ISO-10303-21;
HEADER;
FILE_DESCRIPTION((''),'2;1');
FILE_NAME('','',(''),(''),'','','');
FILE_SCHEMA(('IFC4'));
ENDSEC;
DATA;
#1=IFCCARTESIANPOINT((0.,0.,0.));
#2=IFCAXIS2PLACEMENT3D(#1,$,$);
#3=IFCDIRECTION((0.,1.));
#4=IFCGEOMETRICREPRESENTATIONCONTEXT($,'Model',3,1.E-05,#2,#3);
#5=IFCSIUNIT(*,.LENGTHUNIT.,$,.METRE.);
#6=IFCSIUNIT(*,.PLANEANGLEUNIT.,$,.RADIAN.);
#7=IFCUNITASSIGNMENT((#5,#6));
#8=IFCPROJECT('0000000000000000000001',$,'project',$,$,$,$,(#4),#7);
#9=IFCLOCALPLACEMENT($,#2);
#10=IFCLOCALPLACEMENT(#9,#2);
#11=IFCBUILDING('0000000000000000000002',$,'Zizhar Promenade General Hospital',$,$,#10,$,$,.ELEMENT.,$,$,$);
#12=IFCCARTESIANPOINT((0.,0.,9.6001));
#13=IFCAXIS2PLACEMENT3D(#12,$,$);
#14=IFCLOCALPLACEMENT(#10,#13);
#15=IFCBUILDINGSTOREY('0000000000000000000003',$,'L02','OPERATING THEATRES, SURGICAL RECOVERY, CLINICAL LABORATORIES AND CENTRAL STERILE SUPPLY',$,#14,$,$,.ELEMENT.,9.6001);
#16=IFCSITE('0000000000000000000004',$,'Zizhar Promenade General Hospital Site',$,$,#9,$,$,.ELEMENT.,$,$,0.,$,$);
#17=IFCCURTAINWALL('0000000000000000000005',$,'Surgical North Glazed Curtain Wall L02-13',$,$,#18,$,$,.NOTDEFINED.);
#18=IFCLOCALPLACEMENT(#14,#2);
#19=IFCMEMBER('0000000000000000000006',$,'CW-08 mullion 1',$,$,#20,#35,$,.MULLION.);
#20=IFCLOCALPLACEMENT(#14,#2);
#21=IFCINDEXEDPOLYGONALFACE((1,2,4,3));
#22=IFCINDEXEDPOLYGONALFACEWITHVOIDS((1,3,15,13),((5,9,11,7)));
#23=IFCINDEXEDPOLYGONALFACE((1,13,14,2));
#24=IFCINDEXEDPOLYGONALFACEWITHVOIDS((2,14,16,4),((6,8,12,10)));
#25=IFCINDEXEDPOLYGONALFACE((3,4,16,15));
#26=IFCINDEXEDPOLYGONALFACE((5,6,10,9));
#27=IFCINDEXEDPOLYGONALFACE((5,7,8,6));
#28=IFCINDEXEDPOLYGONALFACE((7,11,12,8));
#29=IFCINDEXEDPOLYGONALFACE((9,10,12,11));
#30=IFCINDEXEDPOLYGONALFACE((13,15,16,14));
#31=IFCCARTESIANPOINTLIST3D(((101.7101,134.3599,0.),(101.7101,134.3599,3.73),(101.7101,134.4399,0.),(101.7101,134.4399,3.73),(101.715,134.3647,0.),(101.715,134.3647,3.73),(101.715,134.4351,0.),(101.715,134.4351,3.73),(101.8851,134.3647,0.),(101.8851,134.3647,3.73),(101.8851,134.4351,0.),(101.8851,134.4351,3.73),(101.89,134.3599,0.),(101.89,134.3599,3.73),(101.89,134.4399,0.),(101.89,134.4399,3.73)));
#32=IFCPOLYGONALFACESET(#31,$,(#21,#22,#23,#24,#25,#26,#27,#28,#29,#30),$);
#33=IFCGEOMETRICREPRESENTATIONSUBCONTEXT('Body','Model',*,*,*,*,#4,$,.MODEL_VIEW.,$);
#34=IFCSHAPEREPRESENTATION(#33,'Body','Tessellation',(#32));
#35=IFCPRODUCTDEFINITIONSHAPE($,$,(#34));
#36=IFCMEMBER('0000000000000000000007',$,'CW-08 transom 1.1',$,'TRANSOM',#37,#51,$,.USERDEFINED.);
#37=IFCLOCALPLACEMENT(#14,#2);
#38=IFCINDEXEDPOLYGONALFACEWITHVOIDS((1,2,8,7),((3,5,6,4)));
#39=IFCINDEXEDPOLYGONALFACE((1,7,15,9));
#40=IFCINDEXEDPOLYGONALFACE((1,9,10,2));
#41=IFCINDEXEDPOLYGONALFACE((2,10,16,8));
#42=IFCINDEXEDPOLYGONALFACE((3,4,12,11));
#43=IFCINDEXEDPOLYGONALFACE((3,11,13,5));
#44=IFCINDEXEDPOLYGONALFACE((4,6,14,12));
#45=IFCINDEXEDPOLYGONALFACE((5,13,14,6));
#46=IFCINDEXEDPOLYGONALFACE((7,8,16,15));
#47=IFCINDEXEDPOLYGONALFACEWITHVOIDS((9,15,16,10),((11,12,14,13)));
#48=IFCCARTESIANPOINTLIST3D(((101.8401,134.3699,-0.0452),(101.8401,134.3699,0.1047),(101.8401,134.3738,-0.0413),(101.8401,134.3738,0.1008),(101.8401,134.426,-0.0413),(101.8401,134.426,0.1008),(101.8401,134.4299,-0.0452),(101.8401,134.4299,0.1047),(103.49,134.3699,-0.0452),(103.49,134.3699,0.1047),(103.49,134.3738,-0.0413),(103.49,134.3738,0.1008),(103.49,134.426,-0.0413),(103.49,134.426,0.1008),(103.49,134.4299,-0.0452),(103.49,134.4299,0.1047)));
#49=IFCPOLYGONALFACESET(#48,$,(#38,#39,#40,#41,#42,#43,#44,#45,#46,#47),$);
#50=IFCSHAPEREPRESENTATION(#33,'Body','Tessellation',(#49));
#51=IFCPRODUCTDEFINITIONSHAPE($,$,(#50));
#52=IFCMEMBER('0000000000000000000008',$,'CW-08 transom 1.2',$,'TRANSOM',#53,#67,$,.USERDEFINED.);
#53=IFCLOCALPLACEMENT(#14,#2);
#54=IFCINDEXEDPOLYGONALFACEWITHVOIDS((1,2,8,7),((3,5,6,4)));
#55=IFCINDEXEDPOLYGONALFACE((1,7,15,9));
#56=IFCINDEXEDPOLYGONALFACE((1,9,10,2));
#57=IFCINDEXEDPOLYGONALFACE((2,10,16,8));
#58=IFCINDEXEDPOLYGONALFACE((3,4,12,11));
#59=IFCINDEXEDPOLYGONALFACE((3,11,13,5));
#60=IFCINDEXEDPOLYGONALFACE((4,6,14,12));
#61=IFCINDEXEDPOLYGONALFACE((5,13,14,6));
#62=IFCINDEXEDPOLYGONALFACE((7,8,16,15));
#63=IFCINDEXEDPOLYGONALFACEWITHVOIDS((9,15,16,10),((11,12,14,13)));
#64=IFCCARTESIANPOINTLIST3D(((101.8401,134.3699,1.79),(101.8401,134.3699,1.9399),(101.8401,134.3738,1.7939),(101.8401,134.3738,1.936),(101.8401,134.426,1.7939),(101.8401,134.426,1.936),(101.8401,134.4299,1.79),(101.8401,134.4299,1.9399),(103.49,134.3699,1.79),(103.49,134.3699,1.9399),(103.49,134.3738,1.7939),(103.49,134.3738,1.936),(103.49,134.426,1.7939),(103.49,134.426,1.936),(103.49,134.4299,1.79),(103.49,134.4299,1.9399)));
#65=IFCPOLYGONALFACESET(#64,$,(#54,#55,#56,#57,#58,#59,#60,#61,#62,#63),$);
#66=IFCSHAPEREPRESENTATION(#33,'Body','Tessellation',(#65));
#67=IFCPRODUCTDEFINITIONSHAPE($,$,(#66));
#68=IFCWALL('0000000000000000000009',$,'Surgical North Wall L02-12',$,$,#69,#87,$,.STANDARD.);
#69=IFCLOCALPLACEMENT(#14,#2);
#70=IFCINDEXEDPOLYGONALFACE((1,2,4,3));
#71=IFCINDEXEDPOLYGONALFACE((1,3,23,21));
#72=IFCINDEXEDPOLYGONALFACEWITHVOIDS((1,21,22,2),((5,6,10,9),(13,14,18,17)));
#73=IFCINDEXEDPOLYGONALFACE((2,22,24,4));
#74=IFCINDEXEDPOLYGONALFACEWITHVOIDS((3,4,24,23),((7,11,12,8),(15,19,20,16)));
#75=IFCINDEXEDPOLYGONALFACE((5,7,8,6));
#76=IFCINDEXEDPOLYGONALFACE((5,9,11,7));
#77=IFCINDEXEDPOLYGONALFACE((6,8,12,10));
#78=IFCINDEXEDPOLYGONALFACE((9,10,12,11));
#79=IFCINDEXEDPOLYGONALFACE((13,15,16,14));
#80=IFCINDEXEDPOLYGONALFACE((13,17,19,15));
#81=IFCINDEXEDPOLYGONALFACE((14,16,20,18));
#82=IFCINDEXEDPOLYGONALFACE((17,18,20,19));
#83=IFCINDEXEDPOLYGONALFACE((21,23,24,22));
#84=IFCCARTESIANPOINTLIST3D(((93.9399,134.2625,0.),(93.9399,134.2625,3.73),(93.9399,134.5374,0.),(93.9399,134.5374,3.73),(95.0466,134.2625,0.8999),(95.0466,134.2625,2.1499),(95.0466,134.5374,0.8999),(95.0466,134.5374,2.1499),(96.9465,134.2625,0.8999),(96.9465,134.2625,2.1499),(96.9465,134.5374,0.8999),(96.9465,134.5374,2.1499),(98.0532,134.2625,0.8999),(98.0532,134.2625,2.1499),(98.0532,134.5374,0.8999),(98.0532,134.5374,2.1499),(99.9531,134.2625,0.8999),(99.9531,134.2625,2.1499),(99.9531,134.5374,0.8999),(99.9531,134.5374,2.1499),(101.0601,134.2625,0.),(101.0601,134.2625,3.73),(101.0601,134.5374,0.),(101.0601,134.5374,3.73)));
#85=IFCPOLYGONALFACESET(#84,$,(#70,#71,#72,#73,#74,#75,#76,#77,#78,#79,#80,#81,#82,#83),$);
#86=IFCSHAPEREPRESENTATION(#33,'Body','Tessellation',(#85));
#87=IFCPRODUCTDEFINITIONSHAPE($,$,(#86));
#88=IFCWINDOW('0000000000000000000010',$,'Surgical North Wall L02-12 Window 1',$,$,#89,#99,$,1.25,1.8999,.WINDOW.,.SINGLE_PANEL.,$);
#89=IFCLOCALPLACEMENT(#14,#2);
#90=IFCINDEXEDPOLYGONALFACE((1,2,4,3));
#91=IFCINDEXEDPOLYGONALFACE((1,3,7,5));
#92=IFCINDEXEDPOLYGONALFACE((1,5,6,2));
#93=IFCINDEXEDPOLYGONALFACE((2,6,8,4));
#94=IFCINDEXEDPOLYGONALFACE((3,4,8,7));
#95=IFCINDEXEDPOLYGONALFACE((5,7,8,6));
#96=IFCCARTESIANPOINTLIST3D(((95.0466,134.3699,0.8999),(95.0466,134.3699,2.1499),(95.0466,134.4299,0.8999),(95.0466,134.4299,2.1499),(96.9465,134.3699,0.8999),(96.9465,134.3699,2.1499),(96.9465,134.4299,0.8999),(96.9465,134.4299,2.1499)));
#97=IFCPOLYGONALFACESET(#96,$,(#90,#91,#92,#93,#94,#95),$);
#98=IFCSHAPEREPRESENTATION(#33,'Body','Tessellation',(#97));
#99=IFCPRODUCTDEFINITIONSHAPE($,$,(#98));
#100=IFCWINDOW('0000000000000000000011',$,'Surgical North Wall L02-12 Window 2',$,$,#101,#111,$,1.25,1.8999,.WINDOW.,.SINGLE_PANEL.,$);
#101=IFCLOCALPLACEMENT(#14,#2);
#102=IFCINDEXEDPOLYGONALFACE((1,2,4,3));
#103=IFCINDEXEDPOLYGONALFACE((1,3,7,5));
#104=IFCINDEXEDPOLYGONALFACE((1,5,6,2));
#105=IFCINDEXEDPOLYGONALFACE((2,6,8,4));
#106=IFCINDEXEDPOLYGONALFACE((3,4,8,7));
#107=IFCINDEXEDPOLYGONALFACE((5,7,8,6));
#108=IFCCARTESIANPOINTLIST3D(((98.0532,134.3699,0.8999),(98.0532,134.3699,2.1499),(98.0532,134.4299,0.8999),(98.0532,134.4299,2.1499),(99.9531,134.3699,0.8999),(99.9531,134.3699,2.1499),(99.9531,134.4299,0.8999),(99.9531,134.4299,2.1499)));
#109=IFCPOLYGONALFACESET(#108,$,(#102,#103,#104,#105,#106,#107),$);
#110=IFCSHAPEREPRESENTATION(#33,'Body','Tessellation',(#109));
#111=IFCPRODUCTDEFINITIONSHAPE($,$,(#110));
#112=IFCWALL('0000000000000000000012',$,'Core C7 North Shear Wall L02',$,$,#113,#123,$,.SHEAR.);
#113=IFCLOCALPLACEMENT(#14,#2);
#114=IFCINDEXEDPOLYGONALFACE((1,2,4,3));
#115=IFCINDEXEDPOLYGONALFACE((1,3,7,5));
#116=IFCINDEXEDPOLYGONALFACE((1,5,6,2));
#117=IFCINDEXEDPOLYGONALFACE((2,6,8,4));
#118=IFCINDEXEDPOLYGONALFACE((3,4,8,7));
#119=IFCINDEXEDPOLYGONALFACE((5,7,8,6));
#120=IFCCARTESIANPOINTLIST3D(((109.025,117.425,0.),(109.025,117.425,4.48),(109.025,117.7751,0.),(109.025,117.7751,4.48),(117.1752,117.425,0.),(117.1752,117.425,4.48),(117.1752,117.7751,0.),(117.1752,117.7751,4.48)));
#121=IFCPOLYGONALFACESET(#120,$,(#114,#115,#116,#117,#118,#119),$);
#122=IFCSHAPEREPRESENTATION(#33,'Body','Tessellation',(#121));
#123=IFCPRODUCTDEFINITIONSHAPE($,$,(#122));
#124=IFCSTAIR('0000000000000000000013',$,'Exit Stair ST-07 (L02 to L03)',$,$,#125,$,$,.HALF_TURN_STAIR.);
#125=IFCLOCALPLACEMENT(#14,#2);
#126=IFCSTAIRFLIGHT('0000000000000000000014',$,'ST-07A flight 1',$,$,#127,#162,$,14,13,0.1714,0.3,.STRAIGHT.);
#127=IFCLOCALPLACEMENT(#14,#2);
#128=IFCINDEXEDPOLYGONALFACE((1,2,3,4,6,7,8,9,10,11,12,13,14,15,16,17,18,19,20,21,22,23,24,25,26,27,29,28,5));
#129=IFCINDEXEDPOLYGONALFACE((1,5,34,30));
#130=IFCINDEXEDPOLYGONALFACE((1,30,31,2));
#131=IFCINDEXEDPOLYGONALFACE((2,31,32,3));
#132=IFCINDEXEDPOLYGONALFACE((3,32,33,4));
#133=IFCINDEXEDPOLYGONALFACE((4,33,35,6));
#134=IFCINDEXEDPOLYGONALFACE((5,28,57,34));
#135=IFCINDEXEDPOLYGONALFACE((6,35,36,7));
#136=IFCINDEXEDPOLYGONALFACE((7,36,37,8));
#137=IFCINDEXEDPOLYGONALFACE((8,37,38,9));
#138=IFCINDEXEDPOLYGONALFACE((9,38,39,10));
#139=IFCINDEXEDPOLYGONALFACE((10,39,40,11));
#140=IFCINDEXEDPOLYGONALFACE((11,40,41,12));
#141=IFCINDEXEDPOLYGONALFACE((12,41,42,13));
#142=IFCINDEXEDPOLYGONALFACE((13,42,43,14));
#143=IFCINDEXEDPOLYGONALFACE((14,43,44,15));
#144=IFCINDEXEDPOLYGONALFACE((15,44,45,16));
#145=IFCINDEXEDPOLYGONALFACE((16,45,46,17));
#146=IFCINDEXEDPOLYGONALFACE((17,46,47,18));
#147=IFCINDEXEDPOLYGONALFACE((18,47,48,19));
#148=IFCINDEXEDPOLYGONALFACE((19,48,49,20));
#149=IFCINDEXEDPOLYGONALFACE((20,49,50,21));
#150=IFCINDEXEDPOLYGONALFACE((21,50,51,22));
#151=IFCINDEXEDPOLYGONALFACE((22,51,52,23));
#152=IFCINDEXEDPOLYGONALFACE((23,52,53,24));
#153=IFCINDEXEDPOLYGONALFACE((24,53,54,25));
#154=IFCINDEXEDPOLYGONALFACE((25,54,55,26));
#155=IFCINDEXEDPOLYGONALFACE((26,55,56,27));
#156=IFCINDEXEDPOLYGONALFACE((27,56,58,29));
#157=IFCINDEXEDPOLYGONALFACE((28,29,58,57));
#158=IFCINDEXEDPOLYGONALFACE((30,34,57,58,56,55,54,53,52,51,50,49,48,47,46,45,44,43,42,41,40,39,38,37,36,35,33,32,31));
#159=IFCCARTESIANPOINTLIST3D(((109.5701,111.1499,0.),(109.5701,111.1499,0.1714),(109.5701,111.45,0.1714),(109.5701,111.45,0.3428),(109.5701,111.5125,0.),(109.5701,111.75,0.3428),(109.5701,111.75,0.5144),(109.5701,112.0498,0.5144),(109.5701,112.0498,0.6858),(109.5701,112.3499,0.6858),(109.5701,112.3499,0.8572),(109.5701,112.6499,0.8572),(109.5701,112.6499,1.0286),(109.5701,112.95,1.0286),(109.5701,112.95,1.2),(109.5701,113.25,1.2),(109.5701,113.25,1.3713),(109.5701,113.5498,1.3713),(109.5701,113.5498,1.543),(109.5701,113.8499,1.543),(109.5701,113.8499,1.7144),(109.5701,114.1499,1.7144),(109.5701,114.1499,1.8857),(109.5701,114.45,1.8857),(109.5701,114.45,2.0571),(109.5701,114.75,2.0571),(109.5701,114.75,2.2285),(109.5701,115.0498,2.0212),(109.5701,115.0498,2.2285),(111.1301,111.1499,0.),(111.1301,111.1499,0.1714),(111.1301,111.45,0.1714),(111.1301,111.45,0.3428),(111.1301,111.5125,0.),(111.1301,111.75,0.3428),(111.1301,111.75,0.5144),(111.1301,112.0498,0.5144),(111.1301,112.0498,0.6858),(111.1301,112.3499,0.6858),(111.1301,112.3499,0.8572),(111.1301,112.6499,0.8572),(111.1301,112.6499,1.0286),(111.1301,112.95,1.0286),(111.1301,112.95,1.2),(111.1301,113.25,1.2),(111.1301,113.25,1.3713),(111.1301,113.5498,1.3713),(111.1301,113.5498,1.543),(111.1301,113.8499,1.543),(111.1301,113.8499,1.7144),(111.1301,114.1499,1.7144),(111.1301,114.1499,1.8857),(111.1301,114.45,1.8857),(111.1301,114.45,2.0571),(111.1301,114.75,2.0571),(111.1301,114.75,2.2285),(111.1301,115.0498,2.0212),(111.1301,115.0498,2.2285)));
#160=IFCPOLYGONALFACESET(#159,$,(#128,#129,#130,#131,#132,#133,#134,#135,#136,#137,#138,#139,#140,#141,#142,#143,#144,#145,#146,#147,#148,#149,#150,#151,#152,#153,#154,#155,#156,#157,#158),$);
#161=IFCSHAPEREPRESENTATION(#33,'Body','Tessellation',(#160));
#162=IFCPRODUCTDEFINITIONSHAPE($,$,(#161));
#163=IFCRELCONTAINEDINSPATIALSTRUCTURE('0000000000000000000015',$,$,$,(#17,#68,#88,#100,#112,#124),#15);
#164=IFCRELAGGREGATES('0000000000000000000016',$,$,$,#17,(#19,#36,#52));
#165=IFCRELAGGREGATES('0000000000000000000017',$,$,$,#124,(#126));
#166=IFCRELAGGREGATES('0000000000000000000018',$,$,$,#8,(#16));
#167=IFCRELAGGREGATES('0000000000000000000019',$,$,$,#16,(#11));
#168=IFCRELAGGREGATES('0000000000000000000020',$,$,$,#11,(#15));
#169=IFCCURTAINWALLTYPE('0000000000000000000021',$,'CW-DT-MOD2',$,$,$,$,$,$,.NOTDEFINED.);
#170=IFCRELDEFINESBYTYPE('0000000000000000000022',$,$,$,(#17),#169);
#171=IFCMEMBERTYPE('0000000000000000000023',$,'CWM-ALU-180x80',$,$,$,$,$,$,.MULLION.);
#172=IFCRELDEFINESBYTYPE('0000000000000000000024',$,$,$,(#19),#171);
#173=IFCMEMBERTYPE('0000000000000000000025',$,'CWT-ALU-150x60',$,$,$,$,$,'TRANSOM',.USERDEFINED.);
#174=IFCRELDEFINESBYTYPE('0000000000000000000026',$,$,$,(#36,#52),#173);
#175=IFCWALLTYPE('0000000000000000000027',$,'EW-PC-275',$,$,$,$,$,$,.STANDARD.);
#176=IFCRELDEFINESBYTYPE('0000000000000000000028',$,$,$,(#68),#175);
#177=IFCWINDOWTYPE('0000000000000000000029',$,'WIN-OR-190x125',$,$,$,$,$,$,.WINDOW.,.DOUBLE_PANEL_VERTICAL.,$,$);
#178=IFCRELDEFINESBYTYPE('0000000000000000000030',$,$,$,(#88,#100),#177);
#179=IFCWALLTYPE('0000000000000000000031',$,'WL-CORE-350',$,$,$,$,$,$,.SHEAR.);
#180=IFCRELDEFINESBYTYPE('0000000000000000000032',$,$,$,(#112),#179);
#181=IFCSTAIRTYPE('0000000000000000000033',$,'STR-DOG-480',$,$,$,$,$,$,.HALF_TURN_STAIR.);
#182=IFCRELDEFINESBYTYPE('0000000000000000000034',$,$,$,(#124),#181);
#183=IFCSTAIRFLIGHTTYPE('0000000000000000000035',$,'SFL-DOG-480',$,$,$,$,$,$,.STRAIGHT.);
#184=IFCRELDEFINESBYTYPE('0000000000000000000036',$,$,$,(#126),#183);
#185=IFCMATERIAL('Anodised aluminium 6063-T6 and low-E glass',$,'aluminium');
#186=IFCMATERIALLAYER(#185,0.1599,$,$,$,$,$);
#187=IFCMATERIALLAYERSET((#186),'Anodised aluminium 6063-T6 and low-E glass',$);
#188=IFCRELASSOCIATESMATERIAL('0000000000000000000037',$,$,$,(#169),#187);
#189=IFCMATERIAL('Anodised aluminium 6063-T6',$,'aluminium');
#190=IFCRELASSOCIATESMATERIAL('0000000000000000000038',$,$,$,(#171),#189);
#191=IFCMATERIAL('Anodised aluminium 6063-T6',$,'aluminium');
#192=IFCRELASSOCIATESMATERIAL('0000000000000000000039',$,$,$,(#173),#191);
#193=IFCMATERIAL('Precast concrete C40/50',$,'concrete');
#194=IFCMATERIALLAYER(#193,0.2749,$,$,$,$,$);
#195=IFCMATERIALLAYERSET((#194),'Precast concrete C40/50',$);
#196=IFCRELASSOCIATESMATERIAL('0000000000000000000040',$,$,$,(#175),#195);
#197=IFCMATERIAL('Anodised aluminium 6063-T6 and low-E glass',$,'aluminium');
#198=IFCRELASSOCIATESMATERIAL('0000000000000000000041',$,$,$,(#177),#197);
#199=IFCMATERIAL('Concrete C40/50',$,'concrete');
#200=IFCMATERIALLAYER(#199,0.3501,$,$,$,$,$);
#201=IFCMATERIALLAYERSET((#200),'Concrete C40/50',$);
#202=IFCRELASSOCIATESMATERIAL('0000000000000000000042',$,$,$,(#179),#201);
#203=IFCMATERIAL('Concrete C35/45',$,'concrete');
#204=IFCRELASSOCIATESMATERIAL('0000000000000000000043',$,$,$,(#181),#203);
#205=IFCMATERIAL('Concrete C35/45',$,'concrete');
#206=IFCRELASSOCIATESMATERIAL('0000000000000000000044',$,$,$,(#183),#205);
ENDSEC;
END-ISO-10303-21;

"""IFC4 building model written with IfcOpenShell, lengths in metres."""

from ifc_helpers import new_model, si_unit, direction, frame, frame_2d, origin, origin_2d, place, context, subcontext, project, spatial, polyline, rectangle, hollow_rectangle, outline, extrude, material, layer, layer_set, material_profile, profile_set, type_object, element, fill, aggregate, save


model = new_model("IFC4")

# Units and contexts
model_context = context("Model", 3, precision=1e-05, world=origin(), true_north=direction((0.0, 1.0)))
body_context = subcontext(model_context, "Body", "Model", "MODEL_VIEW")
ifc_project = project(units=[si_unit("LENGTHUNIT", "METRE"), si_unit("PLANEANGLEUNIT", "RADIAN")], contexts=[model_context])

# Site, building, storey
site_placement = place(None, origin())
site = spatial("IfcSite", under=ifc_project, at=site_placement, Name="Zizhar Promenade General Hospital Site", CompositionType="ELEMENT", RefElevation=0.0)
building_placement = place(site_placement, origin())
building = spatial("IfcBuilding", under=site, at=building_placement, Name="Zizhar Promenade General Hospital", CompositionType="ELEMENT")
storey_placement = place(building_placement, frame((0.0, 0.0, 9.6001)))
storey = spatial("IfcBuildingStorey", under=building, at=storey_placement, Name="L02", Description="OPERATING THEATRES, SURGICAL RECOVERY, CLINICAL LABORATORIES AND CENTRAL STERILE SUPPLY", CompositionType="ELEMENT", Elevation=9.6001)

# Curtain wall, members
ifc_material_1 = material(Name="Anodised aluminium 6063-T6 and low-E glass", Category="aluminium")
ifc_layer_1 = layer(ifc_material_1, 0.1599)
ifc_layer_set_1 = layer_set([ifc_layer_1], Name="Anodised aluminium 6063-T6 and low-E glass")
curtain_wall_type = type_object("IfcCurtainWallType", Name="CW-DT-MOD2", PredefinedType="NOTDEFINED", material=ifc_layer_set_1)
curtain_wall_placement = place(storey_placement, origin())
curtain_wall = element("IfcCurtainWall", 1, at=curtain_wall_placement, inside=storey, type_object=curtain_wall_type, Name="Surgical North Glazed Curtain Wall L02-13", PredefinedType="NOTDEFINED")
ifc_material_2 = material(Name="Anodised aluminium 6063-T6", Category="aluminium")
ifc_material_profile_1 = material_profile(ifc_material_2, hollow_rectangle(XDim=0.0801, YDim=0.1799, WallThickness=0.0049, at=origin_2d()))
ifc_profile_set_1 = profile_set([ifc_material_profile_1], Name="Anodised aluminium 6063-T6")
member_type_1 = type_object("IfcMemberType", Name="CWM-ALU-180x80", PredefinedType="MULLION", material=ifc_profile_set_1)
member_1_placement = place(storey_placement, frame((101.8, 134.3999, 0.0), z_axis=(0.0, 0.0, 1.0), x_axis=(0.0, 1.0, 0.0)))
member_1 = element("IfcMember", 2, at=member_1_placement, type_object=member_type_1, Name="CW-08 mullion 1", PredefinedType="MULLION", context=body_context, shape_type="SweptSolid", body=[
    extrude(hollow_rectangle(XDim=0.0801, YDim=0.1799, WallThickness=0.0049, at=origin_2d()), origin(), (0.0, 0.0, 1.0), 3.73),
])
ifc_material_3 = material(Name="Anodised aluminium 6063-T6", Category="aluminium")
ifc_material_profile_2 = material_profile(ifc_material_3, hollow_rectangle(XDim=0.0601, YDim=0.1499, WallThickness=0.0039, at=origin_2d()))
ifc_profile_set_2 = profile_set([ifc_material_profile_2], Name="Anodised aluminium 6063-T6")
member_type_2 = type_object("IfcMemberType", Name="CWT-ALU-150x60", ElementType="TRANSOM", PredefinedType="USERDEFINED", material=ifc_profile_set_2)
member_2_placement = place(storey_placement, frame((101.8401, 134.3999, 0.0298), z_axis=(1.0, 0.0, 0.0), x_axis=(0.0, 1.0, 0.0)))
member_2 = element("IfcMember", 3, at=member_2_placement, type_object=member_type_2, Name="CW-08 transom 1.1", ObjectType="TRANSOM", PredefinedType="USERDEFINED", context=body_context, shape_type="SweptSolid", body=[
    extrude(hollow_rectangle(XDim=0.0601, YDim=0.1499, WallThickness=0.0039, at=origin_2d()), origin(), (0.0, 0.0, 1.0), 1.6499),
])
member_3_placement = place(storey_placement, frame((101.8401, 134.3999, 1.865), z_axis=(1.0, 0.0, 0.0), x_axis=(0.0, 1.0, 0.0)))
member_3 = element("IfcMember", 4, at=member_3_placement, type_object=member_type_2, Name="CW-08 transom 1.2", ObjectType="TRANSOM", PredefinedType="USERDEFINED", context=body_context, shape_type="SweptSolid", body=[
    extrude(hollow_rectangle(XDim=0.0601, YDim=0.1499, WallThickness=0.0039, at=origin_2d()), origin(), (0.0, 0.0, 1.0), 1.6499),
])
aggregate(curtain_wall, [member_1, member_2, member_3])

# Wall, openings, windows
ifc_material_4 = material(Name="Precast concrete C40/50", Category="concrete")
ifc_layer_2 = layer(ifc_material_4, 0.2749)
ifc_layer_set_2 = layer_set([ifc_layer_2], Name="Precast concrete C40/50")
wall_type_1 = type_object("IfcWallType", Name="EW-PC-275", PredefinedType="STANDARD", material=ifc_layer_set_2)
wall_1_placement = place(storey_placement, frame((93.9399, 134.3999, 0.0), z_axis=(0.0, 0.0, 1.0), x_axis=(1.0, 0.0, 0.0)))
wall_1 = element("IfcWall", 5, at=wall_1_placement, inside=storey, type_object=wall_type_1, Name="Surgical North Wall L02-12", PredefinedType="STANDARD", context=body_context, shape_type="SweptSolid", body=[
    extrude(rectangle(XDim=7.1201, YDim=0.2749, at=frame_2d((3.5601, 0.0))), origin(), (0.0, 0.0, 1.0), 3.73),
])
opening_1_placement = place(wall_1_placement, frame((1.1067, 0.0, 0.8999)))
opening_1 = element("IfcOpeningElement", 6, at=opening_1_placement, cuts=wall_1, PredefinedType="OPENING", context=body_context, shape_type="SweptSolid", body=[
    extrude(rectangle(XDim=1.8999, YDim=1.25, at=frame_2d((0.95, 0.625))), frame((0.0, 0.1475, 0.0), z_axis=(0.0, -1.0, 0.0), x_axis=(1.0, 0.0, 0.0)), (0.0, 0.0, 1.0), 0.2949),
])
opening_2_placement = place(wall_1_placement, frame((4.1133, 0.0, 0.8999)))
opening_2 = element("IfcOpeningElement", 7, at=opening_2_placement, cuts=wall_1, PredefinedType="OPENING", context=body_context, shape_type="SweptSolid", body=[
    extrude(rectangle(XDim=1.8999, YDim=1.25, at=frame_2d((0.95, 0.625))), frame((0.0, 0.1475, 0.0), z_axis=(0.0, -1.0, 0.0), x_axis=(1.0, 0.0, 0.0)), (0.0, 0.0, 1.0), 0.2949),
])
ifc_material_5 = material(Name="Anodised aluminium 6063-T6 and low-E glass", Category="aluminium")
window_type = type_object("IfcWindowType", Name="WIN-OR-190x125", PartitioningType="DOUBLE_PANEL_VERTICAL", PredefinedType="WINDOW", material=ifc_material_5)
window_1_placement = place(opening_1_placement, origin())
window_1 = element("IfcWindow", 8, at=window_1_placement, inside=storey, type_object=window_type, Name="Surgical North Wall L02-12 Window 1", OverallHeight=1.25, OverallWidth=1.8999, PartitioningType="SINGLE_PANEL", PredefinedType="WINDOW", context=body_context, shape_type="SweptSolid", body=[
    extrude(rectangle(XDim=1.8999, YDim=1.25, at=frame_2d((0.95, 0.625))), frame((0.0, 0.03, 0.0), z_axis=(0.0, -1.0, 0.0), x_axis=(1.0, 0.0, 0.0)), (0.0, 0.0, 1.0), 0.0601),
])
fill(opening_1, window_1)
window_2_placement = place(opening_2_placement, origin())
window_2 = element("IfcWindow", 9, at=window_2_placement, inside=storey, type_object=window_type, Name="Surgical North Wall L02-12 Window 2", OverallHeight=1.25, OverallWidth=1.8999, PartitioningType="SINGLE_PANEL", PredefinedType="WINDOW", context=body_context, shape_type="SweptSolid", body=[
    extrude(rectangle(XDim=1.8999, YDim=1.25, at=frame_2d((0.95, 0.625))), frame((0.0, 0.03, 0.0), z_axis=(0.0, -1.0, 0.0), x_axis=(1.0, 0.0, 0.0)), (0.0, 0.0, 1.0), 0.0601),
])
fill(opening_2, window_2)

# Wall
ifc_material_6 = material(Name="Concrete C40/50", Category="concrete")
ifc_layer_3 = layer(ifc_material_6, 0.3501)
ifc_layer_set_3 = layer_set([ifc_layer_3], Name="Concrete C40/50")
wall_type_2 = type_object("IfcWallType", Name="WL-CORE-350", PredefinedType="SHEAR", material=ifc_layer_set_3)
wall_2_placement = place(storey_placement, frame((109.0249, 117.6001, 0.0), z_axis=(0.0, 0.0, 1.0), x_axis=(1.0, 0.0, 0.0)))
element("IfcWall", 10, at=wall_2_placement, inside=storey, type_object=wall_type_2, Name="Core C7 North Shear Wall L02", PredefinedType="SHEAR", context=body_context, shape_type="SweptSolid", body=[
    extrude(rectangle(XDim=8.1501, YDim=0.3501, at=frame_2d((4.0752, 0.0))), origin(), (0.0, 0.0, 1.0), 4.48),
])

# Stair, stair flight
ifc_material_7 = material(Name="Concrete C35/45", Category="concrete")
stair_type = type_object("IfcStairType", Name="STR-DOG-480", PredefinedType="HALF_TURN_STAIR", material=ifc_material_7)
stair_placement = place(storey_placement, origin())
stair = element("IfcStair", 11, at=stair_placement, inside=storey, type_object=stair_type, Name="Exit Stair ST-07 (L02 to L03)", PredefinedType="HALF_TURN_STAIR")
ifc_material_8 = material(Name="Concrete C35/45", Category="concrete")
stair_flight_type = type_object("IfcStairFlightType", Name="SFL-DOG-480", PredefinedType="STRAIGHT", material=ifc_material_8)
stair_flight_placement = place(storey_placement, frame((110.3501, 111.1499, 0.0), z_axis=(0.0, 0.0, 1.0), x_axis=(0.0, 1.0, 0.0)))
stair_flight = element("IfcStairFlight", 12, at=stair_flight_placement, type_object=stair_flight_type, Name="ST-07A flight 1", NumberOfRisers=14, NumberOfTreads=13, PredefinedType="STRAIGHT", RiserHeight=0.1714, TreadLength=0.3, context=body_context, shape_type="SweptSolid", body=[
    extrude(outline(polyline([(0.0, 0.0), (0.0, 0.1714), (0.3, 0.1714), (0.3, 0.3428), (0.6001, 0.3428), (0.6001, 0.5144), (0.8999, 0.5144), (0.8999, 0.6858), (1.2, 0.6858), (1.2, 0.8572), (1.5, 0.8572), (1.5, 1.0286), (1.8, 1.0286), (1.8, 1.2), (2.1001, 1.2), (2.1001, 1.3713), (2.3999, 1.3713), (2.3999, 1.543), (2.7, 1.543), (2.7, 1.7144), (3.0, 1.7144), (3.0, 1.8857), (3.3, 1.8857), (3.3, 2.0571), (3.6001, 2.0571), (3.6001, 2.2285), (3.8999, 2.2285), (3.8999, 2.3999), (3.8999, 2.0212), (0.3625, 0.0), (0.0, 0.0)])), frame((0.0, 0.78, 0.0), z_axis=(0.0, -1.0, 0.0), x_axis=(1.0, 0.0, 0.0)), (0.0, 0.0, 1.0), 1.5601),
])
aggregate(stair, [stair_flight])

save(model, "model.ifc")
